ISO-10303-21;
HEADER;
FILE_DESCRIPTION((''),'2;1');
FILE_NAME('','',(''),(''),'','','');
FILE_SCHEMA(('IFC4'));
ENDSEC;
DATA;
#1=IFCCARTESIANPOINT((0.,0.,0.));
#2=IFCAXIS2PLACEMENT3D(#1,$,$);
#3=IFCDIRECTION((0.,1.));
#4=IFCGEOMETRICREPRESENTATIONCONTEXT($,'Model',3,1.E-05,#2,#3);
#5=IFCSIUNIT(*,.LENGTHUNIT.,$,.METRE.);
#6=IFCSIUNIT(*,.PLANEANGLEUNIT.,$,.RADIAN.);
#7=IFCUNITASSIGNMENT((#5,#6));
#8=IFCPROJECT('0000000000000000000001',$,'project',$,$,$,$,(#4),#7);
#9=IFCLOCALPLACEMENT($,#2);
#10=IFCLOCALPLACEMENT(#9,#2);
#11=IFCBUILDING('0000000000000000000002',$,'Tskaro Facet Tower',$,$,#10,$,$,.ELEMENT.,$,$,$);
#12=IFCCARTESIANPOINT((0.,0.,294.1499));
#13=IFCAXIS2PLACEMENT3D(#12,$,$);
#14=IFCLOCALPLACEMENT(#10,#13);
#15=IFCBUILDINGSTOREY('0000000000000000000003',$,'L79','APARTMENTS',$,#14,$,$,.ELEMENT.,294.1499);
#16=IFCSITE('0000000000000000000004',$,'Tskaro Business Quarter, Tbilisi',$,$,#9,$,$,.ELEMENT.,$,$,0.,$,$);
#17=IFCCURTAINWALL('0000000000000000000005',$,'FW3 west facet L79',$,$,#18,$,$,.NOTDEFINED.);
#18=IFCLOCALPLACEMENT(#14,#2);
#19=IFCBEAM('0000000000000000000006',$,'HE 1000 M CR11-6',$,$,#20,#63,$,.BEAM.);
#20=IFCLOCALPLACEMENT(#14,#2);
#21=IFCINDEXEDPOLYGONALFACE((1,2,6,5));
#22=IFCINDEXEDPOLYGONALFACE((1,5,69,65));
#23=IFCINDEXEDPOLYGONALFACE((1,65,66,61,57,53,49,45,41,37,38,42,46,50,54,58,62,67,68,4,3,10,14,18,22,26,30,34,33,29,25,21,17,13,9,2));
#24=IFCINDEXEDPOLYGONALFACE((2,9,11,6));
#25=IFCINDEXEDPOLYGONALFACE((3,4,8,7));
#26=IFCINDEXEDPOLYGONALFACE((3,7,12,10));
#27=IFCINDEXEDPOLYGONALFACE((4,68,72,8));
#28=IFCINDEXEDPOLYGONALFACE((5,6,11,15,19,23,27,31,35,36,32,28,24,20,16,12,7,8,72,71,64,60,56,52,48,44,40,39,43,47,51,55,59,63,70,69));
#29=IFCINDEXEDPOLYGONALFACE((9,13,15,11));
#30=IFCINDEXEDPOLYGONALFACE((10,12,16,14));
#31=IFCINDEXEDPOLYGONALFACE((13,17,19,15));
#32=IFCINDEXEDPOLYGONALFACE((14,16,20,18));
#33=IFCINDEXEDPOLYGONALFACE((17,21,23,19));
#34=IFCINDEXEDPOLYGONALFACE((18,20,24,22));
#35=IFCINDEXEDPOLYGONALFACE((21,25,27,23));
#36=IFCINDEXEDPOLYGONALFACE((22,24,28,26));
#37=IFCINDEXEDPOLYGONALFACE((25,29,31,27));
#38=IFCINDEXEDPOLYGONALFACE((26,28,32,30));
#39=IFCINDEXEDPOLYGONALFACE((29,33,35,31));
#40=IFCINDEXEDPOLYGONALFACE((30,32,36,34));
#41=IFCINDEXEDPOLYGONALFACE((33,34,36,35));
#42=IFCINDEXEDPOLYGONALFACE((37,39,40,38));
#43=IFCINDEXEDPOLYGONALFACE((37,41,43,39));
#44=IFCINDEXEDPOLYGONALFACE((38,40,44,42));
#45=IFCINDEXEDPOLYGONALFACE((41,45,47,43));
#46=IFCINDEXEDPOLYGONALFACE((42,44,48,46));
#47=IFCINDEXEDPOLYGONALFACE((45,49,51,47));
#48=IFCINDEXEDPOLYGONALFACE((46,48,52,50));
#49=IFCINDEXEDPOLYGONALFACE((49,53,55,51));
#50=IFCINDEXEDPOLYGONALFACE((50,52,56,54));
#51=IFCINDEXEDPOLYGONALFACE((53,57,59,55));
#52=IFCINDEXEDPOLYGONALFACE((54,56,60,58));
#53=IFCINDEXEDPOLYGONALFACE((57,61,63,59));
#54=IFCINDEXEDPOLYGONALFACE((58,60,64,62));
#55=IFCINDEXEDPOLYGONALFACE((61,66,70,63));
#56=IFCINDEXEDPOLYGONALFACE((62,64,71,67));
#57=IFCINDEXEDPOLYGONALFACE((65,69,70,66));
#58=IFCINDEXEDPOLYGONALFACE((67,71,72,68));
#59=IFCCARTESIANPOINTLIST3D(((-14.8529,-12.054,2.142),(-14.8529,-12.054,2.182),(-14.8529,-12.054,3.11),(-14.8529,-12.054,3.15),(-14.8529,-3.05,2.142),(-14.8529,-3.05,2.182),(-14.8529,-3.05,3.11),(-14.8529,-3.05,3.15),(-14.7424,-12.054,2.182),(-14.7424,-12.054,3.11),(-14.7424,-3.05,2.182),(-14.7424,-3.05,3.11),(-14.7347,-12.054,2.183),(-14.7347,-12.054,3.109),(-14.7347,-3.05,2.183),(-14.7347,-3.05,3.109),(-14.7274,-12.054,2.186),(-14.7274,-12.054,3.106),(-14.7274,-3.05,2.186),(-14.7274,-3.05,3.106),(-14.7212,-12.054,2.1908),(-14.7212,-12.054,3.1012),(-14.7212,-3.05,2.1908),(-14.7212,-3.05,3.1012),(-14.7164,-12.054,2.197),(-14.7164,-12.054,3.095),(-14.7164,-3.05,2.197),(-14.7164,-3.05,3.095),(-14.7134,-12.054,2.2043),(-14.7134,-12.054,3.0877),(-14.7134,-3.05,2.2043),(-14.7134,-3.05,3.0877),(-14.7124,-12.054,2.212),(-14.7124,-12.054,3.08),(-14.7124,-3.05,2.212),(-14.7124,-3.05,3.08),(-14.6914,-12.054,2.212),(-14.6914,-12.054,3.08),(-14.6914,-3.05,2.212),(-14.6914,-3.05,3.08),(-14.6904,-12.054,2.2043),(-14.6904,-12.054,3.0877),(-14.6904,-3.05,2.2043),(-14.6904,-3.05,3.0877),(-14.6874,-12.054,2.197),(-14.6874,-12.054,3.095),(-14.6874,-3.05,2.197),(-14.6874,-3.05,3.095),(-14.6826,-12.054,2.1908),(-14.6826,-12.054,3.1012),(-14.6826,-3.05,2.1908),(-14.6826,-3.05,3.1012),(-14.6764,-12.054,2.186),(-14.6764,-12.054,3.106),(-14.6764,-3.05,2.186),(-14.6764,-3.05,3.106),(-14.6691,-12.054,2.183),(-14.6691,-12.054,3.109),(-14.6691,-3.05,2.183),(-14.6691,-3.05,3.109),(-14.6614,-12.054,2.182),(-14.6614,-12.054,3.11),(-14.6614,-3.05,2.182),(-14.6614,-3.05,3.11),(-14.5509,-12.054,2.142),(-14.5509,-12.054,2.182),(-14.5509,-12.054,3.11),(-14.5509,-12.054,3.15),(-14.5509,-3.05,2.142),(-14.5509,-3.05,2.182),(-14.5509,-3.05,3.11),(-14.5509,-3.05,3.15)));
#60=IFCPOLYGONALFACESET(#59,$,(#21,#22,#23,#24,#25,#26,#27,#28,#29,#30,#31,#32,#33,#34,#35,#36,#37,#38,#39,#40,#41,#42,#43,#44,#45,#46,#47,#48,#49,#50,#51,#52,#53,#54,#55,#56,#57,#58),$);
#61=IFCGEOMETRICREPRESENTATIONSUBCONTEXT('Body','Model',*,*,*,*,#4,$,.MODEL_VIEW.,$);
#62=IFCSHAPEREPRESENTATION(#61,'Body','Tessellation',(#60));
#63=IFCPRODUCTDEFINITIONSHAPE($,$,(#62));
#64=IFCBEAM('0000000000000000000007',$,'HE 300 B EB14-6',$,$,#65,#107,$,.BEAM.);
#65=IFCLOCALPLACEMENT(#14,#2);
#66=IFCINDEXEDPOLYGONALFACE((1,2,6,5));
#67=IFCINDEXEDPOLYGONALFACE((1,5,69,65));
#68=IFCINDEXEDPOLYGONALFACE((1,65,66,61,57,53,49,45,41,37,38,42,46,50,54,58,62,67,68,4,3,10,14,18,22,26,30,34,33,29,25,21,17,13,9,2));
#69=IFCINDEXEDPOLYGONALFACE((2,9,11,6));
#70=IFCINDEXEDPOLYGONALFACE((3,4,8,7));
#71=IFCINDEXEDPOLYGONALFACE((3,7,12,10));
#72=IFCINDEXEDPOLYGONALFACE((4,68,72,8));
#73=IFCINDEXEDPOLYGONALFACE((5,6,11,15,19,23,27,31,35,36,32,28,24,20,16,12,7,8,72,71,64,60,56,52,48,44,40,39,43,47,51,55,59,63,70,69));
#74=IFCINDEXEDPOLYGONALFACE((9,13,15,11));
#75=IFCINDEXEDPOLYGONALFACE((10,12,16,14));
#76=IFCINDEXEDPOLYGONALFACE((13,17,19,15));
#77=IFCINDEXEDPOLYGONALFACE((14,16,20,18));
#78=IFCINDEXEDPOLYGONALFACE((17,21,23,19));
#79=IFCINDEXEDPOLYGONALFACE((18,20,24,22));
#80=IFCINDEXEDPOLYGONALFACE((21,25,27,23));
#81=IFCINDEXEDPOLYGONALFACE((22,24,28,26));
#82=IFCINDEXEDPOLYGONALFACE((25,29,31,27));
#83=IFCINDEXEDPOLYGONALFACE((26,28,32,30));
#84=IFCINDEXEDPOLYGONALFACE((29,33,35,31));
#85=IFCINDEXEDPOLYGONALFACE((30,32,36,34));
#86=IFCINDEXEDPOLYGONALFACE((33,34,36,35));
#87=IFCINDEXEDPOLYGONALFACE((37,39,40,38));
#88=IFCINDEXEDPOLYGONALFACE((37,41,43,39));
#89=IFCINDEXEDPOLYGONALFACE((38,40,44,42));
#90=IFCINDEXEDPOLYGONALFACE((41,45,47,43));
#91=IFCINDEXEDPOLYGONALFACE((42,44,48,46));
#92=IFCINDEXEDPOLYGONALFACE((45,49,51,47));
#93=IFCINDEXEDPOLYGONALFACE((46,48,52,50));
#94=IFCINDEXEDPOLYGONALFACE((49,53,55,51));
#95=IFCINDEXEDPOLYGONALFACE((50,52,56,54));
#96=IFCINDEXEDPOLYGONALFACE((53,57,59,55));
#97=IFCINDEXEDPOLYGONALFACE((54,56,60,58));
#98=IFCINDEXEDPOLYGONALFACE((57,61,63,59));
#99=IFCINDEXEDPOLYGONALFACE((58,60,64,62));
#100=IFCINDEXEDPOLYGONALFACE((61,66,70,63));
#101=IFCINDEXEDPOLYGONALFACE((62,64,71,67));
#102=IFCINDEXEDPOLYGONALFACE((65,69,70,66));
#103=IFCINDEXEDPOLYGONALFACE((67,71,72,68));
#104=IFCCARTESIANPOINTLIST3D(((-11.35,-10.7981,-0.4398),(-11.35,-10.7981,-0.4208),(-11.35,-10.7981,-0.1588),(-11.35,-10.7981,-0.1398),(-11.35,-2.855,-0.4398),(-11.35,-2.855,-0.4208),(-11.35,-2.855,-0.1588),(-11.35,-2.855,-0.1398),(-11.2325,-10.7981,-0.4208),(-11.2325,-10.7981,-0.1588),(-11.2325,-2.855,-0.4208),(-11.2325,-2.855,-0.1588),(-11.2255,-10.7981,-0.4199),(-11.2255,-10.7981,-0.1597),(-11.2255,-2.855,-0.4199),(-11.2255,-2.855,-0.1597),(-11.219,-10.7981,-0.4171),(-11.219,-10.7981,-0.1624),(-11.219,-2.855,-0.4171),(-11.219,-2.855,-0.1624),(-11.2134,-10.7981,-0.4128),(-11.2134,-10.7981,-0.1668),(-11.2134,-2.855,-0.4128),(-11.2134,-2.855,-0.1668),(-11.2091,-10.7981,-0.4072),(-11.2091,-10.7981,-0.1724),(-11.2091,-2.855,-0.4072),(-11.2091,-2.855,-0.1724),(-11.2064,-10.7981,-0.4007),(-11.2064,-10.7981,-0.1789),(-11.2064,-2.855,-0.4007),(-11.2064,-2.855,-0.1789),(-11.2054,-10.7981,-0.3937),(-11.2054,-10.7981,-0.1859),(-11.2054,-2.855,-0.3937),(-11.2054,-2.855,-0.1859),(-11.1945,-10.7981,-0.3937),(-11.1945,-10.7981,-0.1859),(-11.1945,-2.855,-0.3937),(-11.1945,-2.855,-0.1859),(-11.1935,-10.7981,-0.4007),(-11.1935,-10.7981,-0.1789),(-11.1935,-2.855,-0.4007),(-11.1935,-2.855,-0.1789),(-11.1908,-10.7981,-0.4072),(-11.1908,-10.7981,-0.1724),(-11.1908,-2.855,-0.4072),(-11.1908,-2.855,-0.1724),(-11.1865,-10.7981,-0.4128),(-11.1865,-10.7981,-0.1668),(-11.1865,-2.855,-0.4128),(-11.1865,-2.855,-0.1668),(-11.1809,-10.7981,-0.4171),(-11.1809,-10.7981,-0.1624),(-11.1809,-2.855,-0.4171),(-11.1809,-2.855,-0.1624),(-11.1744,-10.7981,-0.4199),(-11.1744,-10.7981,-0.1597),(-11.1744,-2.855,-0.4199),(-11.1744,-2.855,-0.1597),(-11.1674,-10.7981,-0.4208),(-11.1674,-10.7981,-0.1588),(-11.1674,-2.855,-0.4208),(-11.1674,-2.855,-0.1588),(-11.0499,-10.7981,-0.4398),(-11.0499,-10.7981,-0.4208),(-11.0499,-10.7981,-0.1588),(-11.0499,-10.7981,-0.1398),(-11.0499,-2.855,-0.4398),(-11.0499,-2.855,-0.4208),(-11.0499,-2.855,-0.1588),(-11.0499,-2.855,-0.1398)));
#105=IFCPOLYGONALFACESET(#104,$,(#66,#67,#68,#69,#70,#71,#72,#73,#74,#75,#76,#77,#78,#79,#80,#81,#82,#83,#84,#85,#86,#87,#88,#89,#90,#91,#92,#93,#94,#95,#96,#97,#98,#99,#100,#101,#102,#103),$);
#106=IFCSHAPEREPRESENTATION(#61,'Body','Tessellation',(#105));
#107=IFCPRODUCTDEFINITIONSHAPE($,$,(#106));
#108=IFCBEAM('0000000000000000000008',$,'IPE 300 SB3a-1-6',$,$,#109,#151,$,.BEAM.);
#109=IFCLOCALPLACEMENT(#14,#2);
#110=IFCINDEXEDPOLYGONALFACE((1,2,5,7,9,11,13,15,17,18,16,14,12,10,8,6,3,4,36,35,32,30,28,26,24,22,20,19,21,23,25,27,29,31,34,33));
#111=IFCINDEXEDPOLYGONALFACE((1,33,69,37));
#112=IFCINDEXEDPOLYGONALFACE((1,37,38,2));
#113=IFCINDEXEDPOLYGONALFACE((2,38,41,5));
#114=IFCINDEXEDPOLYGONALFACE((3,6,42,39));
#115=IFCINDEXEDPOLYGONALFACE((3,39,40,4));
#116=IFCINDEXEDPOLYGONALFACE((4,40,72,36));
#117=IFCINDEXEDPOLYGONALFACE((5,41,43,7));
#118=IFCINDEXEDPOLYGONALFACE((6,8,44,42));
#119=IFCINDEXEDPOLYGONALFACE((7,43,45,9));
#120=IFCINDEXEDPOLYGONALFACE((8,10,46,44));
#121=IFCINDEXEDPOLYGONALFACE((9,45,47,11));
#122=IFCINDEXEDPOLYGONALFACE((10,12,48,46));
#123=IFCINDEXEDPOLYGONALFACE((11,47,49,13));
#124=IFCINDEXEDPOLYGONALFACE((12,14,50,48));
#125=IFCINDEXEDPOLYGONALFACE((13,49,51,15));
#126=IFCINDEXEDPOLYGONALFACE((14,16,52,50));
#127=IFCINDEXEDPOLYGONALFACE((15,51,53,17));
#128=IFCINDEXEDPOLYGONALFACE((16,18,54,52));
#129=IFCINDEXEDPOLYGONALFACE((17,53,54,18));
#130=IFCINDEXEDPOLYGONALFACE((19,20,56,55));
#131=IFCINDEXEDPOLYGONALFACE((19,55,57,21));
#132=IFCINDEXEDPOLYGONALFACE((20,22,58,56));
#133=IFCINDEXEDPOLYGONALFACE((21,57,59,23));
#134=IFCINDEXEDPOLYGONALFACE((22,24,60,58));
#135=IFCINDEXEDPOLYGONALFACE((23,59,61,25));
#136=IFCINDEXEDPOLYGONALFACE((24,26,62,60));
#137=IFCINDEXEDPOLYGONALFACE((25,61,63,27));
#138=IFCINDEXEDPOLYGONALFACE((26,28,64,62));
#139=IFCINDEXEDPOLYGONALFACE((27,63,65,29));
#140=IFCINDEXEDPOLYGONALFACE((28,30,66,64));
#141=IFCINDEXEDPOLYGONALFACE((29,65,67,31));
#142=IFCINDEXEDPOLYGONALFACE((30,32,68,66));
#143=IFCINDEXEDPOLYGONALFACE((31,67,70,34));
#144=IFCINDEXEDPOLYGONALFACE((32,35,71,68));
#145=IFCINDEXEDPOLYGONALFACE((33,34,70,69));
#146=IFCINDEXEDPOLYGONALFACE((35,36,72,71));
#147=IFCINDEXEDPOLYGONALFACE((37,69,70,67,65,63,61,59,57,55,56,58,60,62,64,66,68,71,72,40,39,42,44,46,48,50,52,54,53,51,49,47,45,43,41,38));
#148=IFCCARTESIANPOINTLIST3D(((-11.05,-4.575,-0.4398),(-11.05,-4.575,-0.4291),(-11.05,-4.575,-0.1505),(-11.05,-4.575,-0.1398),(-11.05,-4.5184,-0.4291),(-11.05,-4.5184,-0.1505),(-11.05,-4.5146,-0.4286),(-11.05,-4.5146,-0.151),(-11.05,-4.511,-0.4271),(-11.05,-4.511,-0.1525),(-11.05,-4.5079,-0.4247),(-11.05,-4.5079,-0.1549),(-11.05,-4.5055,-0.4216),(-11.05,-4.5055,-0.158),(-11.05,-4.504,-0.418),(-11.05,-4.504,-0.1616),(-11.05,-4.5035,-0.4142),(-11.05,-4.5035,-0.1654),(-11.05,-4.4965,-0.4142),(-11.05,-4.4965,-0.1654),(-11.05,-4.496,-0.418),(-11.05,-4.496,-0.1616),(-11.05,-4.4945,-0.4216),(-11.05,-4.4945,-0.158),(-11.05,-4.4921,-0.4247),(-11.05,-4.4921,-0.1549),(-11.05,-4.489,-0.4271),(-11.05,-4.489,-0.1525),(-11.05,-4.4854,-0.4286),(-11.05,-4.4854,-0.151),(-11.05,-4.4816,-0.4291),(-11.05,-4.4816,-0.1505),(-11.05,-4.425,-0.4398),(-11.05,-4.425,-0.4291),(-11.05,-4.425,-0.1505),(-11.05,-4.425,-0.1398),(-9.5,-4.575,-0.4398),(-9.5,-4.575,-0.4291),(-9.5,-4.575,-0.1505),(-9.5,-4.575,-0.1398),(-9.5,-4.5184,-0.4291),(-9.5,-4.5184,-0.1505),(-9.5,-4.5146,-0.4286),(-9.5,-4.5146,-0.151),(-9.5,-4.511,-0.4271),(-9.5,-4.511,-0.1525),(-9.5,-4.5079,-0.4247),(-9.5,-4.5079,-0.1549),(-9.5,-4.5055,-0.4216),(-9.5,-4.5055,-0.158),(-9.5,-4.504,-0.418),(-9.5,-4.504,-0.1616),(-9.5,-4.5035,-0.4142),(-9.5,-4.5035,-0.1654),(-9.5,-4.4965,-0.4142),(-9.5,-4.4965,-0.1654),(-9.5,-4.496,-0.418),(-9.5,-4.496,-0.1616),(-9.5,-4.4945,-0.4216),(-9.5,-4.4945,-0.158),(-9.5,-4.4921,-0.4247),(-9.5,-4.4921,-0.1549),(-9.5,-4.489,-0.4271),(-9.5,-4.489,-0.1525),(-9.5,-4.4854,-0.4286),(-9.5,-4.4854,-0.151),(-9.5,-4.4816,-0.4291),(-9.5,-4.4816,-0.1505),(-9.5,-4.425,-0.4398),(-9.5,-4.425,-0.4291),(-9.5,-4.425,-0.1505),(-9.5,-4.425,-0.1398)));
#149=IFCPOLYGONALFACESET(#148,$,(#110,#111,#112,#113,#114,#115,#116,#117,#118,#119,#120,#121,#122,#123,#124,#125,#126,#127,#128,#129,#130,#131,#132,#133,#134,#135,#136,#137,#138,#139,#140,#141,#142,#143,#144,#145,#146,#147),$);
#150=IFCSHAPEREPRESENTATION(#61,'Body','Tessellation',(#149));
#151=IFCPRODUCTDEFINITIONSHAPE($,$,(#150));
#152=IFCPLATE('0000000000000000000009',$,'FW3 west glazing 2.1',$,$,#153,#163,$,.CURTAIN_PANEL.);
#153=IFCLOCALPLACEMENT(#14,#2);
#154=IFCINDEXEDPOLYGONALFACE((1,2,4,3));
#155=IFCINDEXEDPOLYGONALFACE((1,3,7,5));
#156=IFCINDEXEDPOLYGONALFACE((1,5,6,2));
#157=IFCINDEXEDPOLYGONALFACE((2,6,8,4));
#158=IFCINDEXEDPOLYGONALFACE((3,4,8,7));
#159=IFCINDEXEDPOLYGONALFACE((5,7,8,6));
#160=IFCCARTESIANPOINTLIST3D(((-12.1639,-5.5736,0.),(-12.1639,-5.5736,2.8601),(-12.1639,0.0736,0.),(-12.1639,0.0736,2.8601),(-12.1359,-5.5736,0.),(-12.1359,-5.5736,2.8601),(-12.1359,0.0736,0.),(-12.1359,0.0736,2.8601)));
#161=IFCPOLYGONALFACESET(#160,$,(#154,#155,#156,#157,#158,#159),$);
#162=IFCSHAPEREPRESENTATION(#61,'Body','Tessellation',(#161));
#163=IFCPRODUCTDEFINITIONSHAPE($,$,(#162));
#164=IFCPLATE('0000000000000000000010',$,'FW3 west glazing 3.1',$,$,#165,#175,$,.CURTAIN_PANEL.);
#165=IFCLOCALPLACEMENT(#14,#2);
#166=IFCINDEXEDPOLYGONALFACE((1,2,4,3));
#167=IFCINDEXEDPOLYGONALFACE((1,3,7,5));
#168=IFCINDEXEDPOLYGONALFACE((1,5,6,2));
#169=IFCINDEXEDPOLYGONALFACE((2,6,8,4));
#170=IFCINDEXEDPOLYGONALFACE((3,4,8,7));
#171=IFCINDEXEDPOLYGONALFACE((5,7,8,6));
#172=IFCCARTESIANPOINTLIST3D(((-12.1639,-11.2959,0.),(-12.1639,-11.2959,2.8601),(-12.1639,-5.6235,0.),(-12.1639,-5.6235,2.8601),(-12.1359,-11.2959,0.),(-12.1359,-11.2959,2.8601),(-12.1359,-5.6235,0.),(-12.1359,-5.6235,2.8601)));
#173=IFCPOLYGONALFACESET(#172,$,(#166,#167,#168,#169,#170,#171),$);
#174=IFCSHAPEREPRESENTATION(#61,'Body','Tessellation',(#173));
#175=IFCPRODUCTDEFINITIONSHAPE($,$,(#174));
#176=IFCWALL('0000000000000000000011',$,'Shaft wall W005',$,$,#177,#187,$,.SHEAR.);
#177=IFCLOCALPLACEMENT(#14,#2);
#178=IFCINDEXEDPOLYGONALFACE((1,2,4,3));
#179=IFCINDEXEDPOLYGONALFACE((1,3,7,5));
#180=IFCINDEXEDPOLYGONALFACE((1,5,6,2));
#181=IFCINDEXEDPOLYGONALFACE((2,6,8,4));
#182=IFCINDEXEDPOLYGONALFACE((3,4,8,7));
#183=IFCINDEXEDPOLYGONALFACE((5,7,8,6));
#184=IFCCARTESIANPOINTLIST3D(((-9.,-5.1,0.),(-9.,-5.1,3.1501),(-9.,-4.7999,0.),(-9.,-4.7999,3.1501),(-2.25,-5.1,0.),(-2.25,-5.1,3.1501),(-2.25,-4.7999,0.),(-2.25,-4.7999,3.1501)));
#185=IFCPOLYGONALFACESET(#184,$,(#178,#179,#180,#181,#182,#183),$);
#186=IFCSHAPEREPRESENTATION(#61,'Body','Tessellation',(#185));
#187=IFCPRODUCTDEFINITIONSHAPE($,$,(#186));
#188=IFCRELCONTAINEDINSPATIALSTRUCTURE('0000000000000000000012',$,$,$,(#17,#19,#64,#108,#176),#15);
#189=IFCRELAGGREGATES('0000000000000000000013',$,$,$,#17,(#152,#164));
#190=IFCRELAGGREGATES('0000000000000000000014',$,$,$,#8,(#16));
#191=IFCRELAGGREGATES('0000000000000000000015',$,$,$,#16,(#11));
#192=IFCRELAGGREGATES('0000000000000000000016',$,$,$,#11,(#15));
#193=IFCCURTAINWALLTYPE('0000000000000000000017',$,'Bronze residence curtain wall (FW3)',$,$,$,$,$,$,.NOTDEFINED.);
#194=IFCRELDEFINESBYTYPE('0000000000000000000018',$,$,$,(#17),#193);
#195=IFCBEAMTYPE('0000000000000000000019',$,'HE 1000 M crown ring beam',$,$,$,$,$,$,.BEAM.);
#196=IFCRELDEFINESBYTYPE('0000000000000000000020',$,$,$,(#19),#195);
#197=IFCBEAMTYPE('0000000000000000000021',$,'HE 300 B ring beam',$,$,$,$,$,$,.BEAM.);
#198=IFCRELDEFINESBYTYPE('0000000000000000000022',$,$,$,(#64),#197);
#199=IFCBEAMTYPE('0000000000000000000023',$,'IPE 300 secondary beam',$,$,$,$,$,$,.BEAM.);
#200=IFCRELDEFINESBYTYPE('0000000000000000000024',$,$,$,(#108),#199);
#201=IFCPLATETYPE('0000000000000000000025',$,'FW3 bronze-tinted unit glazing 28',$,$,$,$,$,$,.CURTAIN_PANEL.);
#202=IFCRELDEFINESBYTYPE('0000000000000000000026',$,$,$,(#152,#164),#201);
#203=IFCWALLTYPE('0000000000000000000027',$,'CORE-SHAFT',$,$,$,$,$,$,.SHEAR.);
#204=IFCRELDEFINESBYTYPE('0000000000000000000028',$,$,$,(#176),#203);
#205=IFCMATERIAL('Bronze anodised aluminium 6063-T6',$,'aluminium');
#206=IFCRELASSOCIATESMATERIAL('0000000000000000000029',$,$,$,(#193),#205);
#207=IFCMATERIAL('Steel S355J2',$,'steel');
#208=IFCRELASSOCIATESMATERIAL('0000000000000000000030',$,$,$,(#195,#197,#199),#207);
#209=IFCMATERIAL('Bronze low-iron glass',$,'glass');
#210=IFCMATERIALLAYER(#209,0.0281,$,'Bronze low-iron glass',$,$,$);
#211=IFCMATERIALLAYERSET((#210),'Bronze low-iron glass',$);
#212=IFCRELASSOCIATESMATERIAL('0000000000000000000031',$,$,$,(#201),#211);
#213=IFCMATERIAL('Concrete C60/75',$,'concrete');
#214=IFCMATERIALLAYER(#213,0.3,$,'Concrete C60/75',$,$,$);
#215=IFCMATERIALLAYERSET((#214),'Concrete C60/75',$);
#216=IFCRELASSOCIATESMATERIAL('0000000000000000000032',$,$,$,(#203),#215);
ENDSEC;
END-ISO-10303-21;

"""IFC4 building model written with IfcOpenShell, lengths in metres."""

from ifc_helpers import new_model, si_unit, direction, frame, frame_2d, origin, origin_2d, place, context, subcontext, project, spatial, rectangle, i_section, extrude, material, layer, layer_set, material_profile, profile_set, type_object, element, aggregate, save


model = new_model("IFC4")

# Units and contexts
model_context = context("Model", 3, precision=1e-05, world=origin(), true_north=direction((0.0, 1.0)))
body_context = subcontext(model_context, "Body", "Model", "MODEL_VIEW")
ifc_project = project(units=[si_unit("LENGTHUNIT", "METRE"), si_unit("PLANEANGLEUNIT", "RADIAN")], contexts=[model_context])

# Site, building, storey
site_placement = place(None, origin())
site = spatial("IfcSite", under=ifc_project, at=site_placement, Name="Tskaro Business Quarter, Tbilisi", CompositionType="ELEMENT", RefElevation=0.0)
building_placement = place(site_placement, origin())
building = spatial("IfcBuilding", under=site, at=building_placement, Name="Tskaro Facet Tower", CompositionType="ELEMENT")
storey_placement = place(building_placement, frame((0.0, 0.0, 294.1499)))
storey = spatial("IfcBuildingStorey", under=building, at=storey_placement, Name="L79", Description="APARTMENTS", CompositionType="ELEMENT", Elevation=294.1499)

# Shared definitions
ifc_material_1 = material(Name="Steel S355J2", Category="steel")

# Curtain wall
ifc_material_2 = material(Name="Bronze anodised aluminium 6063-T6", Category="aluminium")
curtain_wall_type = type_object("IfcCurtainWallType", Name="Bronze residence curtain wall (FW3)", PredefinedType="NOTDEFINED", material=ifc_material_2)
curtain_wall_placement = place(storey_placement, origin())
curtain_wall = element("IfcCurtainWall", 1, at=curtain_wall_placement, inside=storey, type_object=curtain_wall_type, Name="FW3 west facet L79", PredefinedType="NOTDEFINED")

# Beams
ifc_material_profile_1 = material_profile(ifc_material_1, i_section(OverallWidth=0.302, OverallDepth=1.0081, WebThickness=0.021, FlangeThickness=0.04, FilletRadius=0.03, at=origin_2d()), Name="HE 1000 M")
ifc_profile_set_1 = profile_set([ifc_material_profile_1], Name="Steel S355J2")
beam_type_1 = type_object("IfcBeamType", Name="HE 1000 M crown ring beam", PredefinedType="BEAM", material=ifc_profile_set_1)
beam_1_placement = place(storey_placement, frame((-14.7019, -3.05, 2.646), z_axis=(0.0, -1.0, 0.0), x_axis=(1.0, 0.0, 0.0)))
element("IfcBeam", 2, at=beam_1_placement, inside=storey, type_object=beam_type_1, Name="HE 1000 M CR11-6", PredefinedType="BEAM", context=body_context, shape_type="SweptSolid", body=[
    extrude(i_section(OverallWidth=0.302, OverallDepth=1.0081, WebThickness=0.021, FlangeThickness=0.04, FilletRadius=0.03, at=origin_2d()), origin(), (0.0, 0.0, 1.0), 9.0039),
])
ifc_material_profile_2 = material_profile(ifc_material_1, i_section(OverallWidth=0.3, OverallDepth=0.3, WebThickness=0.011, FlangeThickness=0.019, FilletRadius=0.0271, at=origin_2d()), Name="HE 300 B")
ifc_profile_set_2 = profile_set([ifc_material_profile_2], Name="Steel S355J2")
beam_type_2 = type_object("IfcBeamType", Name="HE 300 B ring beam", PredefinedType="BEAM", material=ifc_profile_set_2)
beam_2_placement = place(storey_placement, frame((-11.2, -2.855, -0.2898), z_axis=(0.0, -1.0, 0.0), x_axis=(1.0, 0.0, 0.0)))
element("IfcBeam", 3, at=beam_2_placement, inside=storey, type_object=beam_type_2, Name="HE 300 B EB14-6", PredefinedType="BEAM", context=body_context, shape_type="SweptSolid", body=[
    extrude(i_section(OverallWidth=0.3, OverallDepth=0.3, WebThickness=0.011, FlangeThickness=0.019, FilletRadius=0.0271, at=origin_2d()), origin(), (0.0, 0.0, 1.0), 7.9431),
])
ifc_material_profile_3 = material_profile(ifc_material_1, i_section(OverallWidth=0.1499, OverallDepth=0.3, WebThickness=0.0071, FlangeThickness=0.0107, FilletRadius=0.0149, at=origin_2d()), Name="IPE 300")
ifc_profile_set_3 = profile_set([ifc_material_profile_3], Name="Steel S355J2")
beam_type_3 = type_object("IfcBeamType", Name="IPE 300 secondary beam", PredefinedType="BEAM", material=ifc_profile_set_3)
beam_3_placement = place(storey_placement, frame((-11.05, -4.5, -0.2898), z_axis=(1.0, 0.0, 0.0), x_axis=(0.0, 1.0, 0.0)))
element("IfcBeam", 4, at=beam_3_placement, inside=storey, type_object=beam_type_3, Name="IPE 300 SB3a-1-6", PredefinedType="BEAM", context=body_context, shape_type="SweptSolid", body=[
    extrude(i_section(OverallWidth=0.1499, OverallDepth=0.3, WebThickness=0.0071, FlangeThickness=0.0107, FilletRadius=0.0149, at=origin_2d()), origin(), (0.0, 0.0, 1.0), 1.55),
])

# Plates
ifc_material_3 = material(Name="Bronze low-iron glass", Category="glass")
ifc_layer_1 = layer(ifc_material_3, 0.0281, Name="Bronze low-iron glass")
ifc_layer_set_1 = layer_set([ifc_layer_1], Name="Bronze low-iron glass")
plate_type = type_object("IfcPlateType", Name="FW3 bronze-tinted unit glazing 28", PredefinedType="CURTAIN_PANEL", material=ifc_layer_set_1)
plate_1_placement = place(storey_placement, frame((-12.1499, -2.75, 0.0), z_axis=(0.0, 0.0, 1.0), x_axis=(0.0, -1.0, 0.0)))
plate_1 = element("IfcPlate", 5, at=plate_1_placement, type_object=plate_type, Name="FW3 west glazing 2.1", PredefinedType="CURTAIN_PANEL", context=body_context, shape_type="SweptSolid", body=[
    extrude(rectangle(XDim=5.6472, YDim=0.0281, at=origin_2d()), origin(), (0.0, 0.0, 1.0), 2.8601),
])
plate_2_placement = place(storey_placement, frame((-12.1499, -8.4597, 0.0), z_axis=(0.0, 0.0, 1.0), x_axis=(0.0, -1.0, 0.0)))
plate_2 = element("IfcPlate", 6, at=plate_2_placement, type_object=plate_type, Name="FW3 west glazing 3.1", PredefinedType="CURTAIN_PANEL", context=body_context, shape_type="SweptSolid", body=[
    extrude(rectangle(XDim=5.6724, YDim=0.0281, at=origin_2d()), origin(), (0.0, 0.0, 1.0), 2.8601),
])
aggregate(curtain_wall, [plate_1, plate_2])

# Wall
ifc_material_4 = material(Name="Concrete C60/75", Category="concrete")
ifc_layer_2 = layer(ifc_material_4, 0.3, Name="Concrete C60/75")
ifc_layer_set_2 = layer_set([ifc_layer_2], Name="Concrete C60/75")
wall_type = type_object("IfcWallType", Name="CORE-SHAFT", PredefinedType="SHEAR", material=ifc_layer_set_2)
wall_placement = place(storey_placement, frame((-9.0, -4.95, 0.0), z_axis=(0.0, 0.0, 1.0), x_axis=(1.0, 0.0, 0.0)))
element("IfcWall", 7, at=wall_placement, inside=storey, type_object=wall_type, Name="Shaft wall W005", PredefinedType="SHEAR", context=body_context, shape_type="SweptSolid", body=[
    extrude(rectangle(XDim=6.75, YDim=0.3, at=frame_2d((3.375, 0.0))), origin(), (0.0, 0.0, 1.0), 3.1501),
])

save(model, "model.ifc")
